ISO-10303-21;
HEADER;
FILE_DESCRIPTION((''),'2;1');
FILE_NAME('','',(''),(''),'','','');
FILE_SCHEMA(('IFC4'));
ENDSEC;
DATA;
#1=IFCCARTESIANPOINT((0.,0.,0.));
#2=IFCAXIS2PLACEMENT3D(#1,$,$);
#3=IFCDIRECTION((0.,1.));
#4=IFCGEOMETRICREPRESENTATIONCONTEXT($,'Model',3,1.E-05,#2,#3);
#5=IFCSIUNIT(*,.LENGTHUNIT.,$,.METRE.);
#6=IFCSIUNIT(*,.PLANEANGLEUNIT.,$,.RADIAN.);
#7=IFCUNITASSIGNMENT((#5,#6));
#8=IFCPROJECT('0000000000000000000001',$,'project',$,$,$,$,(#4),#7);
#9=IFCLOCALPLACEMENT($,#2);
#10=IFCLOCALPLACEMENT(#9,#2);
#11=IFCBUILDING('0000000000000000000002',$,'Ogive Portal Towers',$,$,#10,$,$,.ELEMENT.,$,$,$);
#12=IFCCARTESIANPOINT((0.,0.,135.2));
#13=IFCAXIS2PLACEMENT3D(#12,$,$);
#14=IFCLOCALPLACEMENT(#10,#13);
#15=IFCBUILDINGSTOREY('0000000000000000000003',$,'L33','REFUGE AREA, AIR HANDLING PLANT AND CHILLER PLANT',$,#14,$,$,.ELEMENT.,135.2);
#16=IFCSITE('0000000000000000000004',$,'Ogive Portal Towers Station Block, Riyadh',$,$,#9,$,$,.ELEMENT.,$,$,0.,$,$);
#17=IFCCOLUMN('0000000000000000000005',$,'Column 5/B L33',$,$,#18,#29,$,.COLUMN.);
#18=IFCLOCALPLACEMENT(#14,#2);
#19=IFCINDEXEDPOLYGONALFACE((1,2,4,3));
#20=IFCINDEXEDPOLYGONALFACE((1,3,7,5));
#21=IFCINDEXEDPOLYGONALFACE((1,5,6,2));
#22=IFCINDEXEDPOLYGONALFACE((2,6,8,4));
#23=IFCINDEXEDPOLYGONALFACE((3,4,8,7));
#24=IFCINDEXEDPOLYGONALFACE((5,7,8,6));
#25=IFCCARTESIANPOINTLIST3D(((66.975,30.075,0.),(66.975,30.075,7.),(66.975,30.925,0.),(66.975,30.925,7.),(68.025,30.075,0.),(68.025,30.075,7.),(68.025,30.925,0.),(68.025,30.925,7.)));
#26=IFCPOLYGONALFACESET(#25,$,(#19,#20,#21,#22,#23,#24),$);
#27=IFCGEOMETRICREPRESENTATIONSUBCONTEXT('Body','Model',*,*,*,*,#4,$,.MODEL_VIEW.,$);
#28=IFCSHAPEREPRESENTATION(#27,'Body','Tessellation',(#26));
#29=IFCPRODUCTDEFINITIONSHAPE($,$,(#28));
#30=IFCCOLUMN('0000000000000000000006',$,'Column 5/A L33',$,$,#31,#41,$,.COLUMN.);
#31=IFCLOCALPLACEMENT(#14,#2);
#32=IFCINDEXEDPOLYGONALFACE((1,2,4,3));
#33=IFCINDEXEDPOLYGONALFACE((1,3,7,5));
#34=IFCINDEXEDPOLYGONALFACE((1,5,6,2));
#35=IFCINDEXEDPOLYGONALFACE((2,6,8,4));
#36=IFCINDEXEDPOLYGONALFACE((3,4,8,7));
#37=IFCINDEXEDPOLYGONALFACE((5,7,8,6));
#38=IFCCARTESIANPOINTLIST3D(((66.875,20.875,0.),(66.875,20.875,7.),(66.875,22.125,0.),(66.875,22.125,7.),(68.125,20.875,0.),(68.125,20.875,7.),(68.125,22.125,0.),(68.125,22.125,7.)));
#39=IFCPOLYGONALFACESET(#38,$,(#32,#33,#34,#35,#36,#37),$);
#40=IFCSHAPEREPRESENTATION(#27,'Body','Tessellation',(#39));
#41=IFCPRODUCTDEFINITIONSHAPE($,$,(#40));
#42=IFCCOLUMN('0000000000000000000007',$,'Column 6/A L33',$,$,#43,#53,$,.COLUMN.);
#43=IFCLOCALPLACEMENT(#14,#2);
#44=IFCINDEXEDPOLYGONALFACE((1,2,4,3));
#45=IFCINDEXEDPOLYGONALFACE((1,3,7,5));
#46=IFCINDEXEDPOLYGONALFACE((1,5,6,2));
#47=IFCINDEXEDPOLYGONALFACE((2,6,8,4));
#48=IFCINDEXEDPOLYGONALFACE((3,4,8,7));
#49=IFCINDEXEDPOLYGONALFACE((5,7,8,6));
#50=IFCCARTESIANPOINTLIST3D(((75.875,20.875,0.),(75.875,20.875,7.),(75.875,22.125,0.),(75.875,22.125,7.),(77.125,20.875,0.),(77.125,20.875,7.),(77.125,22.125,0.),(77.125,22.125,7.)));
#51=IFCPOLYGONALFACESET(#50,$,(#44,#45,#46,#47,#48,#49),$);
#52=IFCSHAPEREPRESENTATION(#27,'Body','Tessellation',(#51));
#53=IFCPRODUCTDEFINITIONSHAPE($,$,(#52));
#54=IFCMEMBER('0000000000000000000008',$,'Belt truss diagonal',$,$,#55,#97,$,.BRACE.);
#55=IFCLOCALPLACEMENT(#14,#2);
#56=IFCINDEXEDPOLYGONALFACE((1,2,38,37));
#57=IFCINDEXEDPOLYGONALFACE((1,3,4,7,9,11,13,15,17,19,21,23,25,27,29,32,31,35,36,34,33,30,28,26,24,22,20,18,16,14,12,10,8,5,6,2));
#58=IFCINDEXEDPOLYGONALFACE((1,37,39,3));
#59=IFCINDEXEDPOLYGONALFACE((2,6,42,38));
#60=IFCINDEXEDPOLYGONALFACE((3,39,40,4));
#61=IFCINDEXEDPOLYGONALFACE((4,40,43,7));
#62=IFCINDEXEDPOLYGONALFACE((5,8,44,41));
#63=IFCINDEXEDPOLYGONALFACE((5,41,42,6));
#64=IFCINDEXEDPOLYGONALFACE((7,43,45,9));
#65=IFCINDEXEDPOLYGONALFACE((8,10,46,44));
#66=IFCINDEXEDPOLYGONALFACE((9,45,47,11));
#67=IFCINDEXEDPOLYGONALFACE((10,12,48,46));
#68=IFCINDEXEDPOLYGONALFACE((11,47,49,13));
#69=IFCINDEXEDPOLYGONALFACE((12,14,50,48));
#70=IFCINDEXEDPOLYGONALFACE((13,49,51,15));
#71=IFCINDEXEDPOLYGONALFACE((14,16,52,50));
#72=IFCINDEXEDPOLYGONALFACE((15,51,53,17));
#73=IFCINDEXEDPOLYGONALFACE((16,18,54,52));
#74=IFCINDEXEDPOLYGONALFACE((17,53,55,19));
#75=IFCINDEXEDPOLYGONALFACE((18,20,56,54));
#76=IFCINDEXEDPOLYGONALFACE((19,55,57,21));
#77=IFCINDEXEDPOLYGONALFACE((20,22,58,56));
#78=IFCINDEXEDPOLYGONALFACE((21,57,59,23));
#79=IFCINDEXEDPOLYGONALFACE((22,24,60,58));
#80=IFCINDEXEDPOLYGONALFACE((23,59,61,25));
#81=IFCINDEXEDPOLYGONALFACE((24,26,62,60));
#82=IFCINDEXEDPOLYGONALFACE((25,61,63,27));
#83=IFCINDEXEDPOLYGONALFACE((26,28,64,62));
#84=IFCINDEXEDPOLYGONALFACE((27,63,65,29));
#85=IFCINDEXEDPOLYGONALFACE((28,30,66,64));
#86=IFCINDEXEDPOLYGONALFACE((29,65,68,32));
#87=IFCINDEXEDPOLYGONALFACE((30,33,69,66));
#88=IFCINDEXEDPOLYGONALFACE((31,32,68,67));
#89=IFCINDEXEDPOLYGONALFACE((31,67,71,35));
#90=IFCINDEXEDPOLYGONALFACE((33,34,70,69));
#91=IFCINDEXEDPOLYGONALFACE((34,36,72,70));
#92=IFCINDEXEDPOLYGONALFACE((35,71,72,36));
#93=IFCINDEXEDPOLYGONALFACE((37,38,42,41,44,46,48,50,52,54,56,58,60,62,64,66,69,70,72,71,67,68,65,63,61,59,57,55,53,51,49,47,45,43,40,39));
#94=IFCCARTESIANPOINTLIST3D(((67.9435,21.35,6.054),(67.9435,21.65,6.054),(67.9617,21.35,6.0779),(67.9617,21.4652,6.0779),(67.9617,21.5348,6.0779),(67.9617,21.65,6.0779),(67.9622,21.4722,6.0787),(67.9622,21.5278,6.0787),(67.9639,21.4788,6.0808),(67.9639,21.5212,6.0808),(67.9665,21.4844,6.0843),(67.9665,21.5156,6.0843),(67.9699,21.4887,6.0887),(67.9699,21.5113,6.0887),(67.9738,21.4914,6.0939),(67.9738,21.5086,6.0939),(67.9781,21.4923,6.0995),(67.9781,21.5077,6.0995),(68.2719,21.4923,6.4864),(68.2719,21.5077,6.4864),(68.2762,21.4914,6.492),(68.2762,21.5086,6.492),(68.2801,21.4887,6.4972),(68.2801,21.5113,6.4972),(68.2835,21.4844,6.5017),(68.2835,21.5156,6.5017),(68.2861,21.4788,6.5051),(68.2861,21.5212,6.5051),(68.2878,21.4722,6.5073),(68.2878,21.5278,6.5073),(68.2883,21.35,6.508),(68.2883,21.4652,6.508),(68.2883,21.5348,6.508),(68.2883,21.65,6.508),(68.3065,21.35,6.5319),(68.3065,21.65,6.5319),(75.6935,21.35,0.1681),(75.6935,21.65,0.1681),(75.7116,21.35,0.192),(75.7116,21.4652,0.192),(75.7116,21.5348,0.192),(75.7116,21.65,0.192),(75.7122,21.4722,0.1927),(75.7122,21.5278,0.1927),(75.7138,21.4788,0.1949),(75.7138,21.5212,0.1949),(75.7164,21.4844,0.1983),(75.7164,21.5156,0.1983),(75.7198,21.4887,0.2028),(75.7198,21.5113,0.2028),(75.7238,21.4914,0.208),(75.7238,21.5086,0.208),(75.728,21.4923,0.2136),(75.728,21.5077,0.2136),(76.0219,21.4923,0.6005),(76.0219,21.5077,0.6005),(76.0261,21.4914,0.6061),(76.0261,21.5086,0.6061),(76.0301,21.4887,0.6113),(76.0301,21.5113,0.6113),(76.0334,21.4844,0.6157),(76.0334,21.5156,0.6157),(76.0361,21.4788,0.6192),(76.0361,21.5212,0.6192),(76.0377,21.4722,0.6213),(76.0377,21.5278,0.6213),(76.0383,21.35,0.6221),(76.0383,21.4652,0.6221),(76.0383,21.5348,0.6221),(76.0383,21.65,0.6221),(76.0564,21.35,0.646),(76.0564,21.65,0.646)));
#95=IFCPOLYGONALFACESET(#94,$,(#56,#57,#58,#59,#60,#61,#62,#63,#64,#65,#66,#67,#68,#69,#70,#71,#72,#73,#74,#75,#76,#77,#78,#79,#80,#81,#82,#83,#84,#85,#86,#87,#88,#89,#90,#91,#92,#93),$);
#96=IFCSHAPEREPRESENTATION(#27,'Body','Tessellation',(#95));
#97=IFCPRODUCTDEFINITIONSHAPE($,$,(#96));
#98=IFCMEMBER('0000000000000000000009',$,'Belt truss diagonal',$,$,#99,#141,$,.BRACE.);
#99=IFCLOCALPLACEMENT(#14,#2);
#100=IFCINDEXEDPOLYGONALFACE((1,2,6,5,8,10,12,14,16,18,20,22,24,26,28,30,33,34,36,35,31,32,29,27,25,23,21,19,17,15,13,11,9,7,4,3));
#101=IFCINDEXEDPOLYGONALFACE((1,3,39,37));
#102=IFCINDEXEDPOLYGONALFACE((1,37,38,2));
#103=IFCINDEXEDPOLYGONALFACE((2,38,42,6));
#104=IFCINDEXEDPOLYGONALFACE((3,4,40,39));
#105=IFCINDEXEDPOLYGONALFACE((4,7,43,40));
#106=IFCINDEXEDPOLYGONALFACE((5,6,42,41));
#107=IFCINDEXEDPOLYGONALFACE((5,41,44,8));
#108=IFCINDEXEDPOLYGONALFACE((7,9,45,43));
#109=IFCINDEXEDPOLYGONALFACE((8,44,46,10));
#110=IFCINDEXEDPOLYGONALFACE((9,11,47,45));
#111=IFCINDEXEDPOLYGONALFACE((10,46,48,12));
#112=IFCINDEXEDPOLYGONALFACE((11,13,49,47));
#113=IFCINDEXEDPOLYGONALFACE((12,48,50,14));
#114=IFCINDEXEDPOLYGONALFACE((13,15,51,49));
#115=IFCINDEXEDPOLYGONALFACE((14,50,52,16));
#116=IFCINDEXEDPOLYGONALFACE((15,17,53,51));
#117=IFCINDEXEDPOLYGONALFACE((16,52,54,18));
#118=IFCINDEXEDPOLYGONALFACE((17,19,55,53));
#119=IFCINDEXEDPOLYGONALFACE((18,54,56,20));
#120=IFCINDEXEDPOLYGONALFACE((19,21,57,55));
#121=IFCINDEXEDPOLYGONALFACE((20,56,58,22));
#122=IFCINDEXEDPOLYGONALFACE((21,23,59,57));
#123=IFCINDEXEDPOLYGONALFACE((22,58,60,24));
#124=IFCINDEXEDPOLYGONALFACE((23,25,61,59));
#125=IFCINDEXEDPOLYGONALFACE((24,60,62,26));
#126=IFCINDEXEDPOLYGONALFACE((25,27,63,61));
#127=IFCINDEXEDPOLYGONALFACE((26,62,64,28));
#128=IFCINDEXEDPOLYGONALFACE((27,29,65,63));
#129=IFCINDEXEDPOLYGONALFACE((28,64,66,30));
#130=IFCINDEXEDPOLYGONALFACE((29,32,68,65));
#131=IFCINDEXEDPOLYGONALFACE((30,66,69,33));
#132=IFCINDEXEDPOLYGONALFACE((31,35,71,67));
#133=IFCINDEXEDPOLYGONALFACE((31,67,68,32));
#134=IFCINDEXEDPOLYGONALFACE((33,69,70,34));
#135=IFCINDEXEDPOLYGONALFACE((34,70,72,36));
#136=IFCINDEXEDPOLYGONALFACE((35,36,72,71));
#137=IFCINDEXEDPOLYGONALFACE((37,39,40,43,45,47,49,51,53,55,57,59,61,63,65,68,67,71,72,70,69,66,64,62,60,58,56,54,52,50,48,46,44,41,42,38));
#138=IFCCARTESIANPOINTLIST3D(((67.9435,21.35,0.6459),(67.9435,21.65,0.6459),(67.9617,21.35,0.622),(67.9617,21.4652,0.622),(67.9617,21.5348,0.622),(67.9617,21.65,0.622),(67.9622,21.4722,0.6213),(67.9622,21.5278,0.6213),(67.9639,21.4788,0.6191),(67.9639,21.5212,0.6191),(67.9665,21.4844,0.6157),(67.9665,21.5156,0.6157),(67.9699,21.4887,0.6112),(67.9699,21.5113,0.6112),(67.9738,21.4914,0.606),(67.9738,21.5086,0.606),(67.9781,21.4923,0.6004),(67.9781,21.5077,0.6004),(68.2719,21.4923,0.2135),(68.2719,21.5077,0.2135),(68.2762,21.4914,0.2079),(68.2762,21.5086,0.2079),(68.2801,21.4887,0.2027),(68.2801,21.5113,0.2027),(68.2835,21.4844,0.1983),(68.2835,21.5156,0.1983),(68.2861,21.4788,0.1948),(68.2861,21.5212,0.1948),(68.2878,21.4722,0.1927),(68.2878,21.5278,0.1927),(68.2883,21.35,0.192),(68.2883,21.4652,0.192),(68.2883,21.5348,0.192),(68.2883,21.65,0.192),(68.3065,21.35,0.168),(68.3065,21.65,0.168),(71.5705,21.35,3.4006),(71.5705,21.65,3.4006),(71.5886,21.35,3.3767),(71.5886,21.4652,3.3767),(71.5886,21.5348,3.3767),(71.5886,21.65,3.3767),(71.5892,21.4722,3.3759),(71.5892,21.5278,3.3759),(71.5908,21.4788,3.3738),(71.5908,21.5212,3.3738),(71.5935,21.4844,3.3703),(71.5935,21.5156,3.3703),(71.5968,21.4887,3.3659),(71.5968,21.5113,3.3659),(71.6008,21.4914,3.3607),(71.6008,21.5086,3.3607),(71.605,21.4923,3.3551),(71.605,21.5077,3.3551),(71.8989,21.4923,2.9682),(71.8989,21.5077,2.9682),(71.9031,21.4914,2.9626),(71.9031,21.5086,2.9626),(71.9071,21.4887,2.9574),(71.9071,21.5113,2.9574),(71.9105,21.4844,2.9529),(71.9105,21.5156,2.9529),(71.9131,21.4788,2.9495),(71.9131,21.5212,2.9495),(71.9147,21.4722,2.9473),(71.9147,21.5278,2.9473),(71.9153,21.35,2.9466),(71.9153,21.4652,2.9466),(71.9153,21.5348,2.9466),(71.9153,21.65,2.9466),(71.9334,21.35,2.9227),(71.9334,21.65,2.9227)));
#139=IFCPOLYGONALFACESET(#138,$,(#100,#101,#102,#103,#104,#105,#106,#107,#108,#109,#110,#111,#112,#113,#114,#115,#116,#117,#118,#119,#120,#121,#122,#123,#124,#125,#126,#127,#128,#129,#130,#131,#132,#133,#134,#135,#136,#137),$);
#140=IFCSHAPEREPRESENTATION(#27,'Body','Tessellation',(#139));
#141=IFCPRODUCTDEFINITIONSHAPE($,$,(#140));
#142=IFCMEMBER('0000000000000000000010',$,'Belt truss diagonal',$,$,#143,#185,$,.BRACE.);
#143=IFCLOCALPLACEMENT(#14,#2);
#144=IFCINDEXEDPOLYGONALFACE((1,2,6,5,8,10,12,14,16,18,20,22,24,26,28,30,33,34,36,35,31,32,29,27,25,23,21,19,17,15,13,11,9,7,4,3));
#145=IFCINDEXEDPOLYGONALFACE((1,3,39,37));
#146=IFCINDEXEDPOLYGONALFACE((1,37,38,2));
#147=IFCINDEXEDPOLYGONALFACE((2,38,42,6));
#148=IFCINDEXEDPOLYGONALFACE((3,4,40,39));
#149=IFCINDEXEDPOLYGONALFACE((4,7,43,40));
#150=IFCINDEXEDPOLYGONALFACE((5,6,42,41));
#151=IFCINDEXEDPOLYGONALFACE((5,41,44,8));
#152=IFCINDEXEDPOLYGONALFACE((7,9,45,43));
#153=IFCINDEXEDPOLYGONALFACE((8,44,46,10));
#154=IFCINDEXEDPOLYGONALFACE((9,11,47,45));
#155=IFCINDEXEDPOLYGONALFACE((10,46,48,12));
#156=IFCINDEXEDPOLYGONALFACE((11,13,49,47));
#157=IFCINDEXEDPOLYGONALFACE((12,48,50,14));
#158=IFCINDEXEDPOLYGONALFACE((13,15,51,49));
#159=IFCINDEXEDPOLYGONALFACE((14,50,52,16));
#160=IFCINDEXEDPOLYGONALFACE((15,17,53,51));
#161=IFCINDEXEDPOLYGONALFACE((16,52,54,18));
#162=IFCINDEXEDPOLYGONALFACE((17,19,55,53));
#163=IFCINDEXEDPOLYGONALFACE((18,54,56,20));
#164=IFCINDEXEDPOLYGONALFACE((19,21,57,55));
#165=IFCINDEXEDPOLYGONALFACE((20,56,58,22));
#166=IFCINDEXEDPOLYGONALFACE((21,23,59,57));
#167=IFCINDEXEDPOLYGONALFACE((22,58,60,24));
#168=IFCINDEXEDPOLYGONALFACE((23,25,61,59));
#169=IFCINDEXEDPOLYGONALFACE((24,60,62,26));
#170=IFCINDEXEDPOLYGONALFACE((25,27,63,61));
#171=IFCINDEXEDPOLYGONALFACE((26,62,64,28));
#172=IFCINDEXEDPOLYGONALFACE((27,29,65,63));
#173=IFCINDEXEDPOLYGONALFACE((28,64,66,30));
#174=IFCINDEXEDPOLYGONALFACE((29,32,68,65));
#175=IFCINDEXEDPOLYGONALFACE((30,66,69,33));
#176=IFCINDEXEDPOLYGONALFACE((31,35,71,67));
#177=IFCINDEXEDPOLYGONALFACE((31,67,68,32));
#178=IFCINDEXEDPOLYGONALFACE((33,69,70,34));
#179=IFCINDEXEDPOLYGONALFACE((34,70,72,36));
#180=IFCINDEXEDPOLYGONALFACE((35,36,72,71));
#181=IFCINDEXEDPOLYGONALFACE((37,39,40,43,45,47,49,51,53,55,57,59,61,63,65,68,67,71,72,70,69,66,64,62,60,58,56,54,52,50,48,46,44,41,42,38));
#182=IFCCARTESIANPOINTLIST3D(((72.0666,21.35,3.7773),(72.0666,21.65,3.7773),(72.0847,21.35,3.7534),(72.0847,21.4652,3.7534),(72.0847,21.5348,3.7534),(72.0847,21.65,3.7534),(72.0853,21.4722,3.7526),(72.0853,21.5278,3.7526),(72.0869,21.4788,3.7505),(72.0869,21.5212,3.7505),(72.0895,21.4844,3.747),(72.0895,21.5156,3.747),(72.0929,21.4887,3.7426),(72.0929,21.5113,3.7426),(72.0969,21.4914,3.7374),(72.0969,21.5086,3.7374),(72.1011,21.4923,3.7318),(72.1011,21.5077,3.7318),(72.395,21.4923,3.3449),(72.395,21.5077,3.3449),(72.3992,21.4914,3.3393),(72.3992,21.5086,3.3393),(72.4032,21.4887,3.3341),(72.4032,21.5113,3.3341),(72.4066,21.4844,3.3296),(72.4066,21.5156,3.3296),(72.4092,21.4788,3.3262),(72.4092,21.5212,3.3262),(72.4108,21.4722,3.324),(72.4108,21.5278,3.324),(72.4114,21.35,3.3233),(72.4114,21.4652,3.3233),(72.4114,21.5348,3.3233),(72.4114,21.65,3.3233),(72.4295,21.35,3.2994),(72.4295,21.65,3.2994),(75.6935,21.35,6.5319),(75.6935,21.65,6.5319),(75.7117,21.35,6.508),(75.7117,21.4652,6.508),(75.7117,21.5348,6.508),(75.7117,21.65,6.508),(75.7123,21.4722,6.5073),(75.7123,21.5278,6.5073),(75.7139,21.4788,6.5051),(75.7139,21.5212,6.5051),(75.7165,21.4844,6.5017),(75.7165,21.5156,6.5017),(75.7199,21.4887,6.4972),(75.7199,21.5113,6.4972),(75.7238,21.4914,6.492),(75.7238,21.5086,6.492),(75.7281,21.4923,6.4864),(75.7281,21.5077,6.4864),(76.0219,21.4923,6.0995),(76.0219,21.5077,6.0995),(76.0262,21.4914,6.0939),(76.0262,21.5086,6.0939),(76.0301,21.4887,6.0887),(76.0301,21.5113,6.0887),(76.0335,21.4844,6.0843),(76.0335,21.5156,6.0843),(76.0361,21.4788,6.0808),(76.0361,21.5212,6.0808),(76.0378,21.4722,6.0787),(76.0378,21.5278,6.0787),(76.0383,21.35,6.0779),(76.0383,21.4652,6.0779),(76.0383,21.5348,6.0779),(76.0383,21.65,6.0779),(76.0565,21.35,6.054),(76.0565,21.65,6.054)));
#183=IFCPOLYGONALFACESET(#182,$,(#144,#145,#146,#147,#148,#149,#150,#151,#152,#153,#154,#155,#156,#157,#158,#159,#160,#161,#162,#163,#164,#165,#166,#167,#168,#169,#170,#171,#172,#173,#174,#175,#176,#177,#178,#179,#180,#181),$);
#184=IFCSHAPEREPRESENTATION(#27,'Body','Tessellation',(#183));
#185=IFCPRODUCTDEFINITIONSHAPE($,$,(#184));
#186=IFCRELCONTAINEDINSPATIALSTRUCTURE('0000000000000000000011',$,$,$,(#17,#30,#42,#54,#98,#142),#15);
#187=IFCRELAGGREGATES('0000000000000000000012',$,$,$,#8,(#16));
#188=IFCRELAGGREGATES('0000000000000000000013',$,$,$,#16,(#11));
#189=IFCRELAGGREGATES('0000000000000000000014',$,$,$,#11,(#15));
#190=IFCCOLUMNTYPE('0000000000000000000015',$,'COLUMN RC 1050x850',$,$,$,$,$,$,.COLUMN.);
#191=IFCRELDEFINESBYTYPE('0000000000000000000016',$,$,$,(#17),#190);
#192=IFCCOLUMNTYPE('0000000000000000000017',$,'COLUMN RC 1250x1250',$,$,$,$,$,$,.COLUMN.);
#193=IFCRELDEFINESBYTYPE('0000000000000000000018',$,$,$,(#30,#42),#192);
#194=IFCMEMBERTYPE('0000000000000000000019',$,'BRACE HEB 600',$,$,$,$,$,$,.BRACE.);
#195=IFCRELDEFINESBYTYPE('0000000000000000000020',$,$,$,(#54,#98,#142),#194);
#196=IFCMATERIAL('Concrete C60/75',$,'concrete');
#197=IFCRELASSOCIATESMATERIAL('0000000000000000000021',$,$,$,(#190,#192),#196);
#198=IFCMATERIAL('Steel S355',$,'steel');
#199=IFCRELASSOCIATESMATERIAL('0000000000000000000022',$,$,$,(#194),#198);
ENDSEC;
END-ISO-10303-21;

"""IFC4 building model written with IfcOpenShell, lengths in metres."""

from ifc_helpers import new_model, si_unit, direction, frame, origin, origin_2d, place, context, subcontext, project, spatial, rectangle, i_section, extrude, material, material_profile, profile_set, type_object, element, save


model = new_model("IFC4")

# Units and contexts
model_context = context("Model", 3, precision=1e-05, world=origin(), true_north=direction((0.0, 1.0)))
body_context = subcontext(model_context, "Body", "Model", "MODEL_VIEW")
ifc_project = project(units=[si_unit("LENGTHUNIT", "METRE"), si_unit("PLANEANGLEUNIT", "RADIAN")], contexts=[model_context])

# Site, building, storey
site_placement = place(None, origin())
site = spatial("IfcSite", under=ifc_project, at=site_placement, Name="Ogive Portal Towers Station Block, Riyadh", CompositionType="ELEMENT", RefElevation=0.0)
building_placement = place(site_placement, origin())
building = spatial("IfcBuilding", under=site, at=building_placement, Name="Ogive Portal Towers", CompositionType="ELEMENT")
storey_placement = place(building_placement, frame((0.0, 0.0, 135.2)))
storey = spatial("IfcBuildingStorey", under=building, at=storey_placement, Name="L33", Description="REFUGE AREA, AIR HANDLING PLANT AND CHILLER PLANT", CompositionType="ELEMENT", Elevation=135.2)

# Columns
ifc_material_1 = material(Name="Concrete C60/75", Category="concrete")
ifc_material_profile_1 = material_profile(ifc_material_1, rectangle(XDim=1.05, YDim=0.8501, at=origin_2d()), Name="RC 1050x850")
ifc_profile_set_1 = profile_set([ifc_material_profile_1], Name="Concrete C60/75")
column_type_1 = type_object("IfcColumnType", Name="COLUMN RC 1050x850", PredefinedType="COLUMN", material=ifc_profile_set_1)
column_placement = place(storey_placement, frame((67.5, 30.5, 0.0), z_axis=(0.0, 0.0, 1.0), x_axis=(1.0, 0.0, 0.0)))
element("IfcColumn", 1, at=column_placement, inside=storey, type_object=column_type_1, Name="Column 5/B L33", PredefinedType="COLUMN", context=body_context, shape_type="SweptSolid", body=[
    extrude(rectangle(XDim=1.05, YDim=0.8501, at=origin_2d()), origin(), (0.0, 0.0, 1.0), 7.0),
])
ifc_material_profile_2 = material_profile(ifc_material_1, rectangle(XDim=1.25, YDim=1.25, at=origin_2d()), Name="RC 1250x1250")
ifc_profile_set_2 = profile_set([ifc_material_profile_2], Name="Concrete C60/75")
column_type_2 = type_object("IfcColumnType", Name="COLUMN RC 1250x1250", PredefinedType="COLUMN", material=ifc_profile_set_2)
for number, where, z_axis, x_axis, name in (
    (2, (67.5, 21.5, 0.0), (0.0, 0.0, 1.0), (1.0, 0.0, 0.0), "Column 5/A L33"),
    (3, (76.5, 21.5, 0.0), (0.0, 0.0, 1.0), (1.0, 0.0, 0.0), "Column 6/A L33"),
):
    element("IfcColumn", number, at=place(storey_placement, frame(where, z_axis=z_axis, x_axis=x_axis)), inside=storey, type_object=column_type_2, Name=name, PredefinedType="COLUMN", context=body_context, shape_type="SweptSolid", body=[
        extrude(rectangle(XDim=1.25, YDim=1.25, at=origin_2d()), origin(), (0.0, 0.0, 1.0), 7.0),
    ])

# Members
ifc_material_2 = material(Name="Steel S355", Category="steel")
ifc_material_profile_3 = material_profile(ifc_material_2, i_section(OverallWidth=0.3, OverallDepth=0.6001, WebThickness=0.0154, FlangeThickness=0.03, FilletRadius=0.0271, at=origin_2d()), Name="HEB 600")
ifc_profile_set_3 = profile_set([ifc_material_profile_3], Name="Steel S355")
member_type_1 = type_object("IfcMemberType", Name="BRACE HEB 600", PredefinedType="BRACE", material=ifc_profile_set_3)
member_1_placement = place(storey_placement, frame((68.125, 21.5, 6.293), z_axis=(0.796361, 0.0, -0.604822), x_axis=(0.0, 1.0, 0.0)))
element("IfcMember", 4, at=member_1_placement, inside=storey, type_object=member_type_1, Name="Belt truss diagonal", PredefinedType="BRACE", context=body_context, shape_type="SweptSolid", body=[
    extrude(i_section(OverallWidth=0.3, OverallDepth=0.6001, WebThickness=0.0154, FlangeThickness=0.03, FilletRadius=0.0271, at=origin_2d()), origin(), (0.0, 0.0, 1.0), 9.7317),
])
for number, where, z_axis, x_axis, name in (
    (5, (68.125, 21.5, 0.407), (0.796357, 0.0, 0.604826), (0.0, 1.0, 0.0), "Belt truss diagonal"),
    (6, (72.248, 21.5, 3.5383), (0.796357, 0.0, 0.604826), (0.0, 1.0, 0.0), "Belt truss diagonal"),
):
    element("IfcMember", number, at=place(storey_placement, frame(where, z_axis=z_axis, x_axis=x_axis)), inside=storey, type_object=member_type_1, Name=name, PredefinedType="BRACE", context=body_context, shape_type="SweptSolid", body=[
        extrude(i_section(OverallWidth=0.3, OverallDepth=0.6001, WebThickness=0.0154, FlangeThickness=0.03, FilletRadius=0.0271, at=origin_2d()), origin(), (0.0, 0.0, 1.0), 4.5544),
    ])

save(model, "model.ifc")
